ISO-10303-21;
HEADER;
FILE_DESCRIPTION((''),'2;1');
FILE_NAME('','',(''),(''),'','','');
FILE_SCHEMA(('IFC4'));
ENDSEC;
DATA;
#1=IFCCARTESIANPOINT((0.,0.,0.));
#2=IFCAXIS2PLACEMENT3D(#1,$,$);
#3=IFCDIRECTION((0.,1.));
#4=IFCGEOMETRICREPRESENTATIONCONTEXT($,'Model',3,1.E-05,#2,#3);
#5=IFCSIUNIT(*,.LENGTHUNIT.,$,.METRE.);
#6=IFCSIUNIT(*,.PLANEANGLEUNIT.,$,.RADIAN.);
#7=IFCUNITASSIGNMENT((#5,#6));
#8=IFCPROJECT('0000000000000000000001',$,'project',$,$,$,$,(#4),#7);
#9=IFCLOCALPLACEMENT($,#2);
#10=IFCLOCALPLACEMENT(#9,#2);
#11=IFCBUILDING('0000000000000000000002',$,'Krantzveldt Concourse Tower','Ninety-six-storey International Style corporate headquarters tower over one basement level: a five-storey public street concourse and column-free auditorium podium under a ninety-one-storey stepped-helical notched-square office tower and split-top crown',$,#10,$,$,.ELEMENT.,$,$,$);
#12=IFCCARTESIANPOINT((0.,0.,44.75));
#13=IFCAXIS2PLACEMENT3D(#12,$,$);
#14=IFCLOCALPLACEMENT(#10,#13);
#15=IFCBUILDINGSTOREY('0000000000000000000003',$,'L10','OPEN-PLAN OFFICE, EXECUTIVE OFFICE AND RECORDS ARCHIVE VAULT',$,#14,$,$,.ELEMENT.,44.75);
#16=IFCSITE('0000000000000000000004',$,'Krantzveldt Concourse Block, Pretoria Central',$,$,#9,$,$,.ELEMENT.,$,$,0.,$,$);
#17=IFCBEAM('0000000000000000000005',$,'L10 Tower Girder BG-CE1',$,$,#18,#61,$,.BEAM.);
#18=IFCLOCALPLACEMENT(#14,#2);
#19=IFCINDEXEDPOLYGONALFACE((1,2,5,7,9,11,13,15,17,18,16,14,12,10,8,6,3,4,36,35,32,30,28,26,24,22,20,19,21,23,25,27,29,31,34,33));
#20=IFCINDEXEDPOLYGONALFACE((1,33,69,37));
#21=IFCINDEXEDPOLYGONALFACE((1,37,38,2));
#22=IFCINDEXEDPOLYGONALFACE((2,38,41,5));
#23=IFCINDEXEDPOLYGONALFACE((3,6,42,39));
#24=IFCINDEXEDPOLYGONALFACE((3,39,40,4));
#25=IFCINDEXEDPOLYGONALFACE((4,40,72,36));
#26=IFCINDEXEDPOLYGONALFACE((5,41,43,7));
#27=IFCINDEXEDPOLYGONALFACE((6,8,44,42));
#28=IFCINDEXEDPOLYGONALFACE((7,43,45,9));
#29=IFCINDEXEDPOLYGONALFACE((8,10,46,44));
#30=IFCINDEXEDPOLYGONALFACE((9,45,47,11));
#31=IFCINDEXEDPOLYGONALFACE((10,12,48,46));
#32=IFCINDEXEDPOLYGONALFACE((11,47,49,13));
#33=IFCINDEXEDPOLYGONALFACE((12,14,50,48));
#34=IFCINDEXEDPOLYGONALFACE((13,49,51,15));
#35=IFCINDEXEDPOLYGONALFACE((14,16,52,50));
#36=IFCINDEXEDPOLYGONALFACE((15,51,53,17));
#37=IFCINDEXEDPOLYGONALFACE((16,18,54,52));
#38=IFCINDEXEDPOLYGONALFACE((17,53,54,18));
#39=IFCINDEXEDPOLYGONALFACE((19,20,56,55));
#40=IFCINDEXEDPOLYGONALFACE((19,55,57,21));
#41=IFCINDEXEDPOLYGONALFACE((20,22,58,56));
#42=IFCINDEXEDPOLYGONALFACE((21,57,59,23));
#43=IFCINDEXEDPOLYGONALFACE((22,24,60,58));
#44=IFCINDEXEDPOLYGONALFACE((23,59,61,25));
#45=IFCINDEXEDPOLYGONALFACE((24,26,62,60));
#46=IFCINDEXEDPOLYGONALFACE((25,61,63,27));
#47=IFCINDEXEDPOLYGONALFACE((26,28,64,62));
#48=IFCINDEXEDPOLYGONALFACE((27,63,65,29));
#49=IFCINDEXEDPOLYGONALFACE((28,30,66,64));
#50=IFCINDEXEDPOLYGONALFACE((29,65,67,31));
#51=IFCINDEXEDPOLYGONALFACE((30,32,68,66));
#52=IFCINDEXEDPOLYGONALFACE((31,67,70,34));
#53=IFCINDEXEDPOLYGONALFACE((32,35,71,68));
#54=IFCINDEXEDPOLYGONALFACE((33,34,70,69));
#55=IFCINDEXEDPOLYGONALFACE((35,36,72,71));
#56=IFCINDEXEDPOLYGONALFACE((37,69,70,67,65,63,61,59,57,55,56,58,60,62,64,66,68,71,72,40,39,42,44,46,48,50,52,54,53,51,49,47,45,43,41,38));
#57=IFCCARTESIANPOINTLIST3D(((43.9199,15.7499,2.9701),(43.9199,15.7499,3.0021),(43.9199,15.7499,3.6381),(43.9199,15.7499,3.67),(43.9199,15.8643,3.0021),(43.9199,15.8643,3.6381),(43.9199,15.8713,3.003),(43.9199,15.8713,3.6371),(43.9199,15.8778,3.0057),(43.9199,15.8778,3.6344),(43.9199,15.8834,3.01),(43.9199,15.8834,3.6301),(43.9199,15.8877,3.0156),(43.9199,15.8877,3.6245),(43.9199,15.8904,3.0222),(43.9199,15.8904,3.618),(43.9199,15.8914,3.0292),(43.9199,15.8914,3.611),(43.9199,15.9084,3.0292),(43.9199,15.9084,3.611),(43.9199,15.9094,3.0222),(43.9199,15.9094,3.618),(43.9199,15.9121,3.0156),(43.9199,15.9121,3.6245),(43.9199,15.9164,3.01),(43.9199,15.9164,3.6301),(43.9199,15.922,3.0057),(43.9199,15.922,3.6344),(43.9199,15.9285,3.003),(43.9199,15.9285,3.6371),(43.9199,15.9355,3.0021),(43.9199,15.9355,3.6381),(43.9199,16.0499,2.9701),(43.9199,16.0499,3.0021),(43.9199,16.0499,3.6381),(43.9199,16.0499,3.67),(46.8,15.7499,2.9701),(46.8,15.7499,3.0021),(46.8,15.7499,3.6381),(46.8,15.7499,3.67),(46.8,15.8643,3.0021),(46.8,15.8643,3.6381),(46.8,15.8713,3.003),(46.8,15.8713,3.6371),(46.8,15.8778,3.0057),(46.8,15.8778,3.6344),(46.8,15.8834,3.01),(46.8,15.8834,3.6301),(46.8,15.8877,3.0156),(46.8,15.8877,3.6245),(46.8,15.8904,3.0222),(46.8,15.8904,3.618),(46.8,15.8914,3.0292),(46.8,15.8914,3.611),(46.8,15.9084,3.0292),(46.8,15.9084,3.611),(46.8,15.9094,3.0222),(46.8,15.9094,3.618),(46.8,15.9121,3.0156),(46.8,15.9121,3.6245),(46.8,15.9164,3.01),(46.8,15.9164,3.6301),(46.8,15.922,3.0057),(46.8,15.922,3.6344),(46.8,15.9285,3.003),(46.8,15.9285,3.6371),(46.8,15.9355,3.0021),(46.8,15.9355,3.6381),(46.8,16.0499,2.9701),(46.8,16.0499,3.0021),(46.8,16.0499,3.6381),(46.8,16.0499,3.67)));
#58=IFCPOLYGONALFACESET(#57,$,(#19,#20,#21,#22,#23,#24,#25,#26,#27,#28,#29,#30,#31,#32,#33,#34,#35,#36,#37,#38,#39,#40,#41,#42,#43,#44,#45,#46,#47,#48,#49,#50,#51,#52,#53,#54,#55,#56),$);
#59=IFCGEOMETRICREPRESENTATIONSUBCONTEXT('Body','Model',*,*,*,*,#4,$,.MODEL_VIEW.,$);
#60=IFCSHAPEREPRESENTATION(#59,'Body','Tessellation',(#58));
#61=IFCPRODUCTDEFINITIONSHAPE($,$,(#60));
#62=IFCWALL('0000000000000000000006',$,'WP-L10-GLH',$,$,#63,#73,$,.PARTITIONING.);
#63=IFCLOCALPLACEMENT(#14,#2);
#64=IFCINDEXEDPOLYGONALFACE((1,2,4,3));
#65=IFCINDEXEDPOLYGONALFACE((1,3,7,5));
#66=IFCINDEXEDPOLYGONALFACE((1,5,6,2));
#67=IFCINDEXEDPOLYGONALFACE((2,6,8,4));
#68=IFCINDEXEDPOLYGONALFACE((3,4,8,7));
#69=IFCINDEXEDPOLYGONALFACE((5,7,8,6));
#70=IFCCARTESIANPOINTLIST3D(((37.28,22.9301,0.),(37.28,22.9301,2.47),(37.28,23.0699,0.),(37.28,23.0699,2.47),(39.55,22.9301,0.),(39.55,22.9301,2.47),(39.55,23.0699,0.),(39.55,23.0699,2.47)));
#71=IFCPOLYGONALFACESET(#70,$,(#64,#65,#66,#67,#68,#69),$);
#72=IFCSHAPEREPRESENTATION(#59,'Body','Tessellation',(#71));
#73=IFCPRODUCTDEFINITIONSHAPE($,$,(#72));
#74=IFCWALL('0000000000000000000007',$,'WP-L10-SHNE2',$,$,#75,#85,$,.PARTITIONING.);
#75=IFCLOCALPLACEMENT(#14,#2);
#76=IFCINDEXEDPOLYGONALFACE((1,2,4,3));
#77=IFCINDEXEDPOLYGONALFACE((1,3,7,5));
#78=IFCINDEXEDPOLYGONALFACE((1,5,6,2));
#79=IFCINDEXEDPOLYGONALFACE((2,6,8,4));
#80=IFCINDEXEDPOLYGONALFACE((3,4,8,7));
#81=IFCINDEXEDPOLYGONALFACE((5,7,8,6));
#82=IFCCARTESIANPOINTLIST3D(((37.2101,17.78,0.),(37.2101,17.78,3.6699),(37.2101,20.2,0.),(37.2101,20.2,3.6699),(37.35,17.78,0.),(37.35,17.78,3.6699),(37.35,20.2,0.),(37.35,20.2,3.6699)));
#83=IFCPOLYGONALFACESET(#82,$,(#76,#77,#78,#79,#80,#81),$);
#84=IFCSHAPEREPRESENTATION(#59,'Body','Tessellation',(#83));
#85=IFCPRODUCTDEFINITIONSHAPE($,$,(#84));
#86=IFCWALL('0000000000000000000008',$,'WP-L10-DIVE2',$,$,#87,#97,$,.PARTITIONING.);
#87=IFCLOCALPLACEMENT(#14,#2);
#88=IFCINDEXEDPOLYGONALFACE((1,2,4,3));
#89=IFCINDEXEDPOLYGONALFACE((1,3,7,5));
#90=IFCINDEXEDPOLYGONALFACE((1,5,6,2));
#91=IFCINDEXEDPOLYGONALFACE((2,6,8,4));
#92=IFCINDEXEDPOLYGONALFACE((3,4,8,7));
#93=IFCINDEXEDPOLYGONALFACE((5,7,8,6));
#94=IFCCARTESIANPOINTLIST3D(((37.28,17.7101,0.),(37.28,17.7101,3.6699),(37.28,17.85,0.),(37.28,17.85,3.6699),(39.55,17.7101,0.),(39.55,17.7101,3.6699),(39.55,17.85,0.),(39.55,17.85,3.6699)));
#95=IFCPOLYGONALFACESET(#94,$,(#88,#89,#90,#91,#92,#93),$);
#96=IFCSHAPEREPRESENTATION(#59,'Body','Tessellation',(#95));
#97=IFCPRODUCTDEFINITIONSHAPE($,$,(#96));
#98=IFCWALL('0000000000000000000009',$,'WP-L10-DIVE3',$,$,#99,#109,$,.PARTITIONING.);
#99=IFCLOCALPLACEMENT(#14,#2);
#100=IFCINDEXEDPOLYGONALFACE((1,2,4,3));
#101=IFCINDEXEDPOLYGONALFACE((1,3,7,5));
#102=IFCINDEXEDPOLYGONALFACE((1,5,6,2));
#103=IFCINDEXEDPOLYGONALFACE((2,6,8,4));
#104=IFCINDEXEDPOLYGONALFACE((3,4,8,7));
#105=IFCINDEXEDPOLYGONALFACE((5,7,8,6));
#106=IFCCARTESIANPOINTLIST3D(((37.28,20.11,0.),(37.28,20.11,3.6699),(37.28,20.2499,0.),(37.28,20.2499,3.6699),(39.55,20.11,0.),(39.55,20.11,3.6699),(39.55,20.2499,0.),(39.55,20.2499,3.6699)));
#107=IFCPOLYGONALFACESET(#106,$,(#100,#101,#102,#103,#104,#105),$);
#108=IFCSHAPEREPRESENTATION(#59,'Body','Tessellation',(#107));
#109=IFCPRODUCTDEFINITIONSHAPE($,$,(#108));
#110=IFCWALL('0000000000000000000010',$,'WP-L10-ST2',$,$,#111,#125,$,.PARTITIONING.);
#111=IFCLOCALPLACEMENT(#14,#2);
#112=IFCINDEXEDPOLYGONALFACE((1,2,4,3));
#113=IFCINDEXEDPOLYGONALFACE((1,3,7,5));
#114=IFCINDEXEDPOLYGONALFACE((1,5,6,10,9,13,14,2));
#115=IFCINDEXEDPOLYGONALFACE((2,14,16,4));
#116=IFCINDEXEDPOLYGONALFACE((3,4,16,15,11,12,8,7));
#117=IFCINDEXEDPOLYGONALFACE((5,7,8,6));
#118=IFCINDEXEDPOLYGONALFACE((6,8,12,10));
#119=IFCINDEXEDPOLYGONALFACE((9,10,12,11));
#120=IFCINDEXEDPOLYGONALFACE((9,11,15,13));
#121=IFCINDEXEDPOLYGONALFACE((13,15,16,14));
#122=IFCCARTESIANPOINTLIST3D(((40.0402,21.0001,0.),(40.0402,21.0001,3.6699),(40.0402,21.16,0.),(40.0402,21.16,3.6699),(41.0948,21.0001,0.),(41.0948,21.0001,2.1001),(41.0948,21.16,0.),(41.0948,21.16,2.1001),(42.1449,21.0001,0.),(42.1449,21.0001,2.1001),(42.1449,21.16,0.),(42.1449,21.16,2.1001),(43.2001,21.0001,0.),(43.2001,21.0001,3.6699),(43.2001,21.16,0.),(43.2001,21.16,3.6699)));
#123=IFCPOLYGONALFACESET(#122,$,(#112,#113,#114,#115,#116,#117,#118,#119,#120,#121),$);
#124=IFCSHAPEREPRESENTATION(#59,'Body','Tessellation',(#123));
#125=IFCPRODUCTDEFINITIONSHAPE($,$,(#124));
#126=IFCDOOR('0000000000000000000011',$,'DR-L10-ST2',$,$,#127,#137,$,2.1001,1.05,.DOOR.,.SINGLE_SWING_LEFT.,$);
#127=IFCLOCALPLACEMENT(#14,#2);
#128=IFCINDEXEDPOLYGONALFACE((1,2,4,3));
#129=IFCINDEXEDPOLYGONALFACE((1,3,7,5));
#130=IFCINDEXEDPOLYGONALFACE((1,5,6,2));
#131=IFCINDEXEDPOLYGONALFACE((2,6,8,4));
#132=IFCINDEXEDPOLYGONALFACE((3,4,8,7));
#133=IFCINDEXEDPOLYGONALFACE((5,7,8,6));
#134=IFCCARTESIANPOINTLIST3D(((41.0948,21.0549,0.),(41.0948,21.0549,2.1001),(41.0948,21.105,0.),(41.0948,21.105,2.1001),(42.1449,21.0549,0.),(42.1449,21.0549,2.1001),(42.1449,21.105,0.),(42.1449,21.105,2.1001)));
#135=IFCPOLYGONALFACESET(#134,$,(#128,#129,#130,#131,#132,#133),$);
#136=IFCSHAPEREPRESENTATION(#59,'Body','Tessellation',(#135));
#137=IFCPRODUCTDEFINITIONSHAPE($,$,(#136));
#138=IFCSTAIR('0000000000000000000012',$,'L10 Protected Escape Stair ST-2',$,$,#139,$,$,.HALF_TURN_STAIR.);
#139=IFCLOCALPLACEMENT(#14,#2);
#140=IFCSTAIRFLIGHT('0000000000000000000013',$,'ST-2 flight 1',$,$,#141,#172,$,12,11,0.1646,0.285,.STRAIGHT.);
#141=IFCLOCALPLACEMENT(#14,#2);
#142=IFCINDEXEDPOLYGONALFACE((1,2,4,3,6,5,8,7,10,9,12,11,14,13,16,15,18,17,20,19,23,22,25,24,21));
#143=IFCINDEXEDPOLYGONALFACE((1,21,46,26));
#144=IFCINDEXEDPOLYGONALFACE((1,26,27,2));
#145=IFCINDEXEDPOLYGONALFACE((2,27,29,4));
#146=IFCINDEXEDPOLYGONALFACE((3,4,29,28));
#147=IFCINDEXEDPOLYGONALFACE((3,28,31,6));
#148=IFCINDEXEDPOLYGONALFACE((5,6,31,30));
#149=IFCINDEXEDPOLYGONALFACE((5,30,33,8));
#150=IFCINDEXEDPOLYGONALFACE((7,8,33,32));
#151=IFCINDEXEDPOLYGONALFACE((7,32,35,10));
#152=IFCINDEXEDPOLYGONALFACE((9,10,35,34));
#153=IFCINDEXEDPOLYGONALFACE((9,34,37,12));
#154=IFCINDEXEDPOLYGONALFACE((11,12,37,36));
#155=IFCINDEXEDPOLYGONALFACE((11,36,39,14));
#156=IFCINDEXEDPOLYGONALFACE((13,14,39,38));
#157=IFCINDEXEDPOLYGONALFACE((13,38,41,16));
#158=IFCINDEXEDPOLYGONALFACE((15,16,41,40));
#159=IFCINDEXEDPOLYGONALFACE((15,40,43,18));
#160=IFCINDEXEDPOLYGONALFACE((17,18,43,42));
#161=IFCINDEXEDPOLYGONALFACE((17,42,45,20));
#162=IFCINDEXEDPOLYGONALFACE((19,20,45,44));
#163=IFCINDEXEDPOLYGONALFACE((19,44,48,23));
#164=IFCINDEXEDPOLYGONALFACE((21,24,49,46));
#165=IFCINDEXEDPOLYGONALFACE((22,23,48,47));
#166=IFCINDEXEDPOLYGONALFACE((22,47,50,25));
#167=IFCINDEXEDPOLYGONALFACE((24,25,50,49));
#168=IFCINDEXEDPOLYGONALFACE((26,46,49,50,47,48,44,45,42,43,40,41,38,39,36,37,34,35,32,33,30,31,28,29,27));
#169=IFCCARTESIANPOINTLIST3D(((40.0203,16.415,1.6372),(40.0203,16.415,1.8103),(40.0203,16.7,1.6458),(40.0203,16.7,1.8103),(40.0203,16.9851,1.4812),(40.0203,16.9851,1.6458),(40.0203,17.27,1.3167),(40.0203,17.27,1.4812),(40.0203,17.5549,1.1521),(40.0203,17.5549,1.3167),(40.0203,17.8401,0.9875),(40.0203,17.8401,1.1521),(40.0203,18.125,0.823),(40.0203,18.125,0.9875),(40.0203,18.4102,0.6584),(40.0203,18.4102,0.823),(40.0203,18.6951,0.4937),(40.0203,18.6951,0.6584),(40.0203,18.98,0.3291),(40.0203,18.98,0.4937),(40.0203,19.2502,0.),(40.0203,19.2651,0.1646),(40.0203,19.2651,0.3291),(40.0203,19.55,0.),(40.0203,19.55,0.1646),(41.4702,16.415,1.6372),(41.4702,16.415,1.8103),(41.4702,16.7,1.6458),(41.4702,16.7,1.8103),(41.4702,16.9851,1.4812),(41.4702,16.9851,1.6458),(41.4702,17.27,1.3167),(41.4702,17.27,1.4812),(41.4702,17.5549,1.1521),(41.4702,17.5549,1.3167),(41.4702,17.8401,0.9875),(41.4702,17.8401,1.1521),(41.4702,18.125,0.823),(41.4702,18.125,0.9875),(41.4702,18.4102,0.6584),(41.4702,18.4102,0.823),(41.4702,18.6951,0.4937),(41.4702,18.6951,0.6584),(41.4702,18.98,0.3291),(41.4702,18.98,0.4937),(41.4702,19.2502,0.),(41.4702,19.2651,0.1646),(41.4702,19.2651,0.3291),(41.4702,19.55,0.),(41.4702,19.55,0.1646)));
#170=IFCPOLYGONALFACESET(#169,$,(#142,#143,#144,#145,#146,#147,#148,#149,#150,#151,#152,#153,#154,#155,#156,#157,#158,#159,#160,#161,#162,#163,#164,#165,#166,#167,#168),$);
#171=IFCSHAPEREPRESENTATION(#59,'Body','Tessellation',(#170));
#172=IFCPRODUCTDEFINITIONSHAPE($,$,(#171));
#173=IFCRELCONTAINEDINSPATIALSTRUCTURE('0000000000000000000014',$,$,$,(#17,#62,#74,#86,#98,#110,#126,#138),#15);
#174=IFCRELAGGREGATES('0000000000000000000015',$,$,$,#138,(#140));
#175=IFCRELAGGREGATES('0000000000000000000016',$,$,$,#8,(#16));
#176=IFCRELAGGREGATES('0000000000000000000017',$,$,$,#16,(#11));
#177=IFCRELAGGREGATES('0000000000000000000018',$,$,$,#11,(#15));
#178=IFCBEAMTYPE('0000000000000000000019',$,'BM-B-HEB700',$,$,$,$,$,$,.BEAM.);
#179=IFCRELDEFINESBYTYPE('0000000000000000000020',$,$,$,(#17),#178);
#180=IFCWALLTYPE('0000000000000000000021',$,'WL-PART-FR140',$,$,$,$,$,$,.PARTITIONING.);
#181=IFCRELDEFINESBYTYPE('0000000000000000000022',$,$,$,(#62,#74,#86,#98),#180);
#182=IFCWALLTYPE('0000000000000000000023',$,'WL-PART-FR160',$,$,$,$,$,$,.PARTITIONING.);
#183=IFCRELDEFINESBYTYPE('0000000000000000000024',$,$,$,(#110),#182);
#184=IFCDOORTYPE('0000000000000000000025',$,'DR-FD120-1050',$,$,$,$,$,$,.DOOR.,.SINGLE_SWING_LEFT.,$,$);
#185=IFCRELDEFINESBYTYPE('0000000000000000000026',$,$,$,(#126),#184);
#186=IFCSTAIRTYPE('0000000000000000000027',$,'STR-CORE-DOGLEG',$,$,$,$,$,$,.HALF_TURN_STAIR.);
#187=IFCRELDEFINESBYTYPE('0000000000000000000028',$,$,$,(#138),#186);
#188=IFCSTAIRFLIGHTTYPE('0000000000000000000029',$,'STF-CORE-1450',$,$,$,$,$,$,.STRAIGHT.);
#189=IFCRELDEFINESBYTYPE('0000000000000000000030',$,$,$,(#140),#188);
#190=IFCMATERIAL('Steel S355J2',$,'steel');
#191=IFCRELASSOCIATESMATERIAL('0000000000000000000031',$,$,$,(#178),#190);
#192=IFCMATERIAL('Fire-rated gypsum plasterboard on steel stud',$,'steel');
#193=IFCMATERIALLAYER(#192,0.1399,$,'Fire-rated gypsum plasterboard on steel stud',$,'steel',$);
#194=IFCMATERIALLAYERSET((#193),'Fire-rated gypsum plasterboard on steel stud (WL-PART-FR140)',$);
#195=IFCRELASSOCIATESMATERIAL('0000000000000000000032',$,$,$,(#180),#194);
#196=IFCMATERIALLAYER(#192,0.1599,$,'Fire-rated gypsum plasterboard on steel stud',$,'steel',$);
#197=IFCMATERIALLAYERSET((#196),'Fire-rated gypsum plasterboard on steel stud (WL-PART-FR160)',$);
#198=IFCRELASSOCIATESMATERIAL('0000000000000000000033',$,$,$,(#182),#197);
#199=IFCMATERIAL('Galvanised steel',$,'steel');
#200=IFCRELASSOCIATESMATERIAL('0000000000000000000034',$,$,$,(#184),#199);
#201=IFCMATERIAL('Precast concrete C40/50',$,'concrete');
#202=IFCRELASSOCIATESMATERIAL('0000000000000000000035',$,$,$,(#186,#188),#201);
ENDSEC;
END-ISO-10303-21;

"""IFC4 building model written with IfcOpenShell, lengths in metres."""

from ifc_helpers import new_model, si_unit, direction, frame, frame_2d, origin, origin_2d, place, context, subcontext, project, spatial, polyline, rectangle, i_section, outline, extrude, source, transform, mapped, material, layer, layer_set, material_profile, profile_set, type_object, type_shapes, element, fill, aggregate, save


model = new_model("IFC4")

# Units and contexts
model_context = context("Model", 3, precision=1e-05, world=origin(), true_north=direction((0.0, 1.0)))
body_context = subcontext(model_context, "Body", "Model", "MODEL_VIEW")
ifc_project = project(units=[si_unit("LENGTHUNIT", "METRE"), si_unit("PLANEANGLEUNIT", "RADIAN")], contexts=[model_context])

# Site, building, storey
site_placement = place(None, origin())
site = spatial("IfcSite", under=ifc_project, at=site_placement, Name="Krantzveldt Concourse Block, Pretoria Central", CompositionType="ELEMENT", RefElevation=0.0)
building_placement = place(site_placement, origin())
building = spatial("IfcBuilding", under=site, at=building_placement, Name="Krantzveldt Concourse Tower", Description="Ninety-six-storey International Style corporate headquarters tower over one basement level: a five-storey public street concourse and column-free auditorium podium under a ninety-one-storey stepped-helical notched-square office tower and split-top crown", CompositionType="ELEMENT")
storey_placement = place(building_placement, frame((0.0, 0.0, 44.75)))
storey = spatial("IfcBuildingStorey", under=building, at=storey_placement, Name="L10", Description="OPEN-PLAN OFFICE, EXECUTIVE OFFICE AND RECORDS ARCHIVE VAULT", CompositionType="ELEMENT", Elevation=44.75)

# Beam
ifc_material_1 = material(Name="Steel S355J2", Category="steel")
ifc_material_profile = material_profile(ifc_material_1, i_section(OverallWidth=0.3, OverallDepth=0.7, WebThickness=0.0171, FlangeThickness=0.032, FilletRadius=0.0271, at=origin_2d()), Name="Steel S355J2", Category="steel")
ifc_profile_set = profile_set([ifc_material_profile], Name="Steel S355J2 - HEB 700")
beam_type = type_object("IfcBeamType", Name="BM-B-HEB700", PredefinedType="BEAM", material=ifc_profile_set)
shared_shape = source(origin(), body_context, "Body", "SweptSolid", [
    extrude(i_section(OverallWidth=0.3, OverallDepth=0.7, WebThickness=0.0171, FlangeThickness=0.032, FilletRadius=0.0271, at=origin_2d()), origin(), (0.0, 0.0, 1.0), 2.8801),
])
type_shapes(beam_type, [shared_shape])
beam_placement = place(storey_placement, frame((43.9199, 15.8999, 3.3201), z_axis=(1.0, 0.0, 0.0), x_axis=(0.0, 1.0, 0.0)))
element("IfcBeam", 1, at=beam_placement, inside=storey, type_object=beam_type, Name="L10 Tower Girder BG-CE1", PredefinedType="BEAM", context=body_context, shape_type="MappedRepresentation", body=[
    mapped(shared_shape, transform((0.0, 0.0, 0.0), x_axis=(1.0, 0.0, 0.0), y_axis=(0.0, 1.0, 0.0), z_axis=(0.0, 0.0, 1.0), scale=1.0)),
])

# Shared definitions
ifc_material_2 = material(Name="Fire-rated gypsum plasterboard on steel stud", Category="steel")
ifc_layer_1 = layer(ifc_material_2, 0.1399, Name="Fire-rated gypsum plasterboard on steel stud", Category="steel")
ifc_layer_set_1 = layer_set([ifc_layer_1], Name="Fire-rated gypsum plasterboard on steel stud (WL-PART-FR140)")
wall_type_1 = type_object("IfcWallType", Name="WL-PART-FR140", PredefinedType="PARTITIONING", material=ifc_layer_set_1)

# Walls
wall_1_placement = place(storey_placement, frame((37.28, 23.0, 0.0), z_axis=(0.0, 0.0, 1.0), x_axis=(1.0, 0.0, 0.0)))
element("IfcWall", 2, at=wall_1_placement, inside=storey, type_object=wall_type_1, Name="WP-L10-GLH", PredefinedType="PARTITIONING", context=body_context, shape_type="SweptSolid", body=[
    extrude(rectangle(XDim=2.27, YDim=0.1399, at=frame_2d((1.135, 0.0))), origin(), (0.0, 0.0, 1.0), 2.47),
])
wall_2_placement = place(storey_placement, frame((37.28, 17.78, 0.0), z_axis=(0.0, 0.0, 1.0), x_axis=(0.0, 1.0, 0.0)))
element("IfcWall", 3, at=wall_2_placement, inside=storey, type_object=wall_type_1, Name="WP-L10-SHNE2", PredefinedType="PARTITIONING", context=body_context, shape_type="SweptSolid", body=[
    extrude(rectangle(XDim=2.4199, YDim=0.1399, at=frame_2d((1.21, 0.0))), origin(), (0.0, 0.0, 1.0), 3.6699),
])
for number, where, z_axis, x_axis, name in (
    (4, (37.28, 17.78, 0.0), (0.0, 0.0, 1.0), (1.0, 0.0, 0.0), "WP-L10-DIVE2"),
    (5, (37.28, 20.1799, 0.0), (0.0, 0.0, 1.0), (1.0, 0.0, 0.0), "WP-L10-DIVE3"),
):
    element("IfcWall", number, at=place(storey_placement, frame(where, z_axis=z_axis, x_axis=x_axis)), inside=storey, type_object=wall_type_1, Name=name, PredefinedType="PARTITIONING", context=body_context, shape_type="SweptSolid", body=[
        extrude(rectangle(XDim=2.27, YDim=0.1399, at=frame_2d((1.135, 0.0))), origin(), (0.0, 0.0, 1.0), 3.6699),
    ])

# Wall, opening, door
ifc_layer_2 = layer(ifc_material_2, 0.1599, Name="Fire-rated gypsum plasterboard on steel stud", Category="steel")
ifc_layer_set_2 = layer_set([ifc_layer_2], Name="Fire-rated gypsum plasterboard on steel stud (WL-PART-FR160)")
wall_type_2 = type_object("IfcWallType", Name="WL-PART-FR160", PredefinedType="PARTITIONING", material=ifc_layer_set_2)
wall_3_placement = place(storey_placement, frame((40.04, 21.0801, 0.0), z_axis=(0.0, 0.0, 1.0), x_axis=(1.0, 0.0, 0.0)))
wall_3 = element("IfcWall", 6, at=wall_3_placement, inside=storey, type_object=wall_type_2, Name="WP-L10-ST2", PredefinedType="PARTITIONING", context=body_context, shape_type="SweptSolid", body=[
    extrude(rectangle(XDim=3.1599, YDim=0.1599, at=frame_2d((1.5801, 0.0))), origin(), (0.0, 0.0, 1.0), 3.6699),
])
opening_1_placement = place(wall_3_placement, frame((1.0549, 0.0, 0.0)))
opening_1 = element("IfcOpeningElement", 7, at=opening_1_placement, cuts=wall_3, PredefinedType="OPENING", context=body_context, shape_type="SweptSolid", body=[
    extrude(rectangle(XDim=1.05, YDim=2.1001, at=frame_2d((0.5249, 1.05))), frame((0.0, 0.0898, 0.0), z_axis=(0.0, -1.0, 0.0), x_axis=(1.0, 0.0, 0.0)), (0.0, 0.0, 1.0), 0.1799),
])
ifc_material_3 = material(Name="Galvanised steel", Category="steel")
door_type_1 = type_object("IfcDoorType", Name="DR-FD120-1050", OperationType="SINGLE_SWING_LEFT", PredefinedType="DOOR", material=ifc_material_3)
door_1_placement = place(opening_1_placement, origin())
door_1 = element("IfcDoor", 8, at=door_1_placement, inside=storey, type_object=door_type_1, Name="DR-L10-ST2", OperationType="SINGLE_SWING_LEFT", OverallHeight=2.1001, OverallWidth=1.05, PredefinedType="DOOR", context=body_context, shape_type="SweptSolid", body=[
    extrude(rectangle(XDim=1.05, YDim=2.1001, at=frame_2d((0.5249, 1.05))), frame((0.0, 0.0249, 0.0), z_axis=(0.0, -1.0, 0.0), x_axis=(1.0, 0.0, 0.0)), (0.0, 0.0, 1.0), 0.05),
])
fill(opening_1, door_1)

# Stair, stair flight
ifc_material_4 = material(Name="Precast concrete C40/50", Category="concrete")
stair_type = type_object("IfcStairType", Name="STR-CORE-DOGLEG", PredefinedType="HALF_TURN_STAIR", material=ifc_material_4)
stair_placement = place(storey_placement, origin())
stair = element("IfcStair", 9, at=stair_placement, inside=storey, type_object=stair_type, Name="L10 Protected Escape Stair ST-2", PredefinedType="HALF_TURN_STAIR")
stair_flight_type = type_object("IfcStairFlightType", Name="STF-CORE-1450", PredefinedType="STRAIGHT", material=ifc_material_4)
stair_flight_1_placement = place(storey_placement, frame((40.7451, 19.55, 0.0), z_axis=(0.0, 0.0, 1.0), x_axis=(0.0, -1.0, 0.0)))
stair_flight_1 = element("IfcStairFlight", 10, at=stair_flight_1_placement, type_object=stair_flight_type, Name="ST-2 flight 1", NumberOfRisers=12, NumberOfTreads=11, PredefinedType="STRAIGHT", RiserHeight=0.1646, TreadLength=0.285, context=body_context, shape_type="SweptSolid", body=[
    extrude(outline(polyline([(0.0, 0.0), (0.0, 0.1646), (0.2849, 0.1646), (0.2849, 0.3291), (0.5701, 0.3291), (0.5701, 0.4937), (0.855, 0.4937), (0.855, 0.6584), (1.1399, 0.6584), (1.1399, 0.823), (1.425, 0.823), (1.425, 0.9875), (1.71, 0.9875), (1.71, 1.1521), (1.9951, 1.1521), (1.9951, 1.3167), (2.28, 1.3167), (2.28, 1.4812), (2.5649, 1.4812), (2.5649, 1.6458), (2.8501, 1.6458), (2.8501, 1.8103), (3.135, 1.8103), (3.135, 1.9751), (3.135, 1.6372), (0.2998, 0.0), (0.0, 0.0)])), frame((0.0, 0.7251, 0.0), z_axis=(0.0, -1.0, 0.0), x_axis=(1.0, 0.0, 0.0)), (0.0, 0.0, 1.0), 1.45),
])
aggregate(stair, [stair_flight_1])

save(model, "model.ifc")
